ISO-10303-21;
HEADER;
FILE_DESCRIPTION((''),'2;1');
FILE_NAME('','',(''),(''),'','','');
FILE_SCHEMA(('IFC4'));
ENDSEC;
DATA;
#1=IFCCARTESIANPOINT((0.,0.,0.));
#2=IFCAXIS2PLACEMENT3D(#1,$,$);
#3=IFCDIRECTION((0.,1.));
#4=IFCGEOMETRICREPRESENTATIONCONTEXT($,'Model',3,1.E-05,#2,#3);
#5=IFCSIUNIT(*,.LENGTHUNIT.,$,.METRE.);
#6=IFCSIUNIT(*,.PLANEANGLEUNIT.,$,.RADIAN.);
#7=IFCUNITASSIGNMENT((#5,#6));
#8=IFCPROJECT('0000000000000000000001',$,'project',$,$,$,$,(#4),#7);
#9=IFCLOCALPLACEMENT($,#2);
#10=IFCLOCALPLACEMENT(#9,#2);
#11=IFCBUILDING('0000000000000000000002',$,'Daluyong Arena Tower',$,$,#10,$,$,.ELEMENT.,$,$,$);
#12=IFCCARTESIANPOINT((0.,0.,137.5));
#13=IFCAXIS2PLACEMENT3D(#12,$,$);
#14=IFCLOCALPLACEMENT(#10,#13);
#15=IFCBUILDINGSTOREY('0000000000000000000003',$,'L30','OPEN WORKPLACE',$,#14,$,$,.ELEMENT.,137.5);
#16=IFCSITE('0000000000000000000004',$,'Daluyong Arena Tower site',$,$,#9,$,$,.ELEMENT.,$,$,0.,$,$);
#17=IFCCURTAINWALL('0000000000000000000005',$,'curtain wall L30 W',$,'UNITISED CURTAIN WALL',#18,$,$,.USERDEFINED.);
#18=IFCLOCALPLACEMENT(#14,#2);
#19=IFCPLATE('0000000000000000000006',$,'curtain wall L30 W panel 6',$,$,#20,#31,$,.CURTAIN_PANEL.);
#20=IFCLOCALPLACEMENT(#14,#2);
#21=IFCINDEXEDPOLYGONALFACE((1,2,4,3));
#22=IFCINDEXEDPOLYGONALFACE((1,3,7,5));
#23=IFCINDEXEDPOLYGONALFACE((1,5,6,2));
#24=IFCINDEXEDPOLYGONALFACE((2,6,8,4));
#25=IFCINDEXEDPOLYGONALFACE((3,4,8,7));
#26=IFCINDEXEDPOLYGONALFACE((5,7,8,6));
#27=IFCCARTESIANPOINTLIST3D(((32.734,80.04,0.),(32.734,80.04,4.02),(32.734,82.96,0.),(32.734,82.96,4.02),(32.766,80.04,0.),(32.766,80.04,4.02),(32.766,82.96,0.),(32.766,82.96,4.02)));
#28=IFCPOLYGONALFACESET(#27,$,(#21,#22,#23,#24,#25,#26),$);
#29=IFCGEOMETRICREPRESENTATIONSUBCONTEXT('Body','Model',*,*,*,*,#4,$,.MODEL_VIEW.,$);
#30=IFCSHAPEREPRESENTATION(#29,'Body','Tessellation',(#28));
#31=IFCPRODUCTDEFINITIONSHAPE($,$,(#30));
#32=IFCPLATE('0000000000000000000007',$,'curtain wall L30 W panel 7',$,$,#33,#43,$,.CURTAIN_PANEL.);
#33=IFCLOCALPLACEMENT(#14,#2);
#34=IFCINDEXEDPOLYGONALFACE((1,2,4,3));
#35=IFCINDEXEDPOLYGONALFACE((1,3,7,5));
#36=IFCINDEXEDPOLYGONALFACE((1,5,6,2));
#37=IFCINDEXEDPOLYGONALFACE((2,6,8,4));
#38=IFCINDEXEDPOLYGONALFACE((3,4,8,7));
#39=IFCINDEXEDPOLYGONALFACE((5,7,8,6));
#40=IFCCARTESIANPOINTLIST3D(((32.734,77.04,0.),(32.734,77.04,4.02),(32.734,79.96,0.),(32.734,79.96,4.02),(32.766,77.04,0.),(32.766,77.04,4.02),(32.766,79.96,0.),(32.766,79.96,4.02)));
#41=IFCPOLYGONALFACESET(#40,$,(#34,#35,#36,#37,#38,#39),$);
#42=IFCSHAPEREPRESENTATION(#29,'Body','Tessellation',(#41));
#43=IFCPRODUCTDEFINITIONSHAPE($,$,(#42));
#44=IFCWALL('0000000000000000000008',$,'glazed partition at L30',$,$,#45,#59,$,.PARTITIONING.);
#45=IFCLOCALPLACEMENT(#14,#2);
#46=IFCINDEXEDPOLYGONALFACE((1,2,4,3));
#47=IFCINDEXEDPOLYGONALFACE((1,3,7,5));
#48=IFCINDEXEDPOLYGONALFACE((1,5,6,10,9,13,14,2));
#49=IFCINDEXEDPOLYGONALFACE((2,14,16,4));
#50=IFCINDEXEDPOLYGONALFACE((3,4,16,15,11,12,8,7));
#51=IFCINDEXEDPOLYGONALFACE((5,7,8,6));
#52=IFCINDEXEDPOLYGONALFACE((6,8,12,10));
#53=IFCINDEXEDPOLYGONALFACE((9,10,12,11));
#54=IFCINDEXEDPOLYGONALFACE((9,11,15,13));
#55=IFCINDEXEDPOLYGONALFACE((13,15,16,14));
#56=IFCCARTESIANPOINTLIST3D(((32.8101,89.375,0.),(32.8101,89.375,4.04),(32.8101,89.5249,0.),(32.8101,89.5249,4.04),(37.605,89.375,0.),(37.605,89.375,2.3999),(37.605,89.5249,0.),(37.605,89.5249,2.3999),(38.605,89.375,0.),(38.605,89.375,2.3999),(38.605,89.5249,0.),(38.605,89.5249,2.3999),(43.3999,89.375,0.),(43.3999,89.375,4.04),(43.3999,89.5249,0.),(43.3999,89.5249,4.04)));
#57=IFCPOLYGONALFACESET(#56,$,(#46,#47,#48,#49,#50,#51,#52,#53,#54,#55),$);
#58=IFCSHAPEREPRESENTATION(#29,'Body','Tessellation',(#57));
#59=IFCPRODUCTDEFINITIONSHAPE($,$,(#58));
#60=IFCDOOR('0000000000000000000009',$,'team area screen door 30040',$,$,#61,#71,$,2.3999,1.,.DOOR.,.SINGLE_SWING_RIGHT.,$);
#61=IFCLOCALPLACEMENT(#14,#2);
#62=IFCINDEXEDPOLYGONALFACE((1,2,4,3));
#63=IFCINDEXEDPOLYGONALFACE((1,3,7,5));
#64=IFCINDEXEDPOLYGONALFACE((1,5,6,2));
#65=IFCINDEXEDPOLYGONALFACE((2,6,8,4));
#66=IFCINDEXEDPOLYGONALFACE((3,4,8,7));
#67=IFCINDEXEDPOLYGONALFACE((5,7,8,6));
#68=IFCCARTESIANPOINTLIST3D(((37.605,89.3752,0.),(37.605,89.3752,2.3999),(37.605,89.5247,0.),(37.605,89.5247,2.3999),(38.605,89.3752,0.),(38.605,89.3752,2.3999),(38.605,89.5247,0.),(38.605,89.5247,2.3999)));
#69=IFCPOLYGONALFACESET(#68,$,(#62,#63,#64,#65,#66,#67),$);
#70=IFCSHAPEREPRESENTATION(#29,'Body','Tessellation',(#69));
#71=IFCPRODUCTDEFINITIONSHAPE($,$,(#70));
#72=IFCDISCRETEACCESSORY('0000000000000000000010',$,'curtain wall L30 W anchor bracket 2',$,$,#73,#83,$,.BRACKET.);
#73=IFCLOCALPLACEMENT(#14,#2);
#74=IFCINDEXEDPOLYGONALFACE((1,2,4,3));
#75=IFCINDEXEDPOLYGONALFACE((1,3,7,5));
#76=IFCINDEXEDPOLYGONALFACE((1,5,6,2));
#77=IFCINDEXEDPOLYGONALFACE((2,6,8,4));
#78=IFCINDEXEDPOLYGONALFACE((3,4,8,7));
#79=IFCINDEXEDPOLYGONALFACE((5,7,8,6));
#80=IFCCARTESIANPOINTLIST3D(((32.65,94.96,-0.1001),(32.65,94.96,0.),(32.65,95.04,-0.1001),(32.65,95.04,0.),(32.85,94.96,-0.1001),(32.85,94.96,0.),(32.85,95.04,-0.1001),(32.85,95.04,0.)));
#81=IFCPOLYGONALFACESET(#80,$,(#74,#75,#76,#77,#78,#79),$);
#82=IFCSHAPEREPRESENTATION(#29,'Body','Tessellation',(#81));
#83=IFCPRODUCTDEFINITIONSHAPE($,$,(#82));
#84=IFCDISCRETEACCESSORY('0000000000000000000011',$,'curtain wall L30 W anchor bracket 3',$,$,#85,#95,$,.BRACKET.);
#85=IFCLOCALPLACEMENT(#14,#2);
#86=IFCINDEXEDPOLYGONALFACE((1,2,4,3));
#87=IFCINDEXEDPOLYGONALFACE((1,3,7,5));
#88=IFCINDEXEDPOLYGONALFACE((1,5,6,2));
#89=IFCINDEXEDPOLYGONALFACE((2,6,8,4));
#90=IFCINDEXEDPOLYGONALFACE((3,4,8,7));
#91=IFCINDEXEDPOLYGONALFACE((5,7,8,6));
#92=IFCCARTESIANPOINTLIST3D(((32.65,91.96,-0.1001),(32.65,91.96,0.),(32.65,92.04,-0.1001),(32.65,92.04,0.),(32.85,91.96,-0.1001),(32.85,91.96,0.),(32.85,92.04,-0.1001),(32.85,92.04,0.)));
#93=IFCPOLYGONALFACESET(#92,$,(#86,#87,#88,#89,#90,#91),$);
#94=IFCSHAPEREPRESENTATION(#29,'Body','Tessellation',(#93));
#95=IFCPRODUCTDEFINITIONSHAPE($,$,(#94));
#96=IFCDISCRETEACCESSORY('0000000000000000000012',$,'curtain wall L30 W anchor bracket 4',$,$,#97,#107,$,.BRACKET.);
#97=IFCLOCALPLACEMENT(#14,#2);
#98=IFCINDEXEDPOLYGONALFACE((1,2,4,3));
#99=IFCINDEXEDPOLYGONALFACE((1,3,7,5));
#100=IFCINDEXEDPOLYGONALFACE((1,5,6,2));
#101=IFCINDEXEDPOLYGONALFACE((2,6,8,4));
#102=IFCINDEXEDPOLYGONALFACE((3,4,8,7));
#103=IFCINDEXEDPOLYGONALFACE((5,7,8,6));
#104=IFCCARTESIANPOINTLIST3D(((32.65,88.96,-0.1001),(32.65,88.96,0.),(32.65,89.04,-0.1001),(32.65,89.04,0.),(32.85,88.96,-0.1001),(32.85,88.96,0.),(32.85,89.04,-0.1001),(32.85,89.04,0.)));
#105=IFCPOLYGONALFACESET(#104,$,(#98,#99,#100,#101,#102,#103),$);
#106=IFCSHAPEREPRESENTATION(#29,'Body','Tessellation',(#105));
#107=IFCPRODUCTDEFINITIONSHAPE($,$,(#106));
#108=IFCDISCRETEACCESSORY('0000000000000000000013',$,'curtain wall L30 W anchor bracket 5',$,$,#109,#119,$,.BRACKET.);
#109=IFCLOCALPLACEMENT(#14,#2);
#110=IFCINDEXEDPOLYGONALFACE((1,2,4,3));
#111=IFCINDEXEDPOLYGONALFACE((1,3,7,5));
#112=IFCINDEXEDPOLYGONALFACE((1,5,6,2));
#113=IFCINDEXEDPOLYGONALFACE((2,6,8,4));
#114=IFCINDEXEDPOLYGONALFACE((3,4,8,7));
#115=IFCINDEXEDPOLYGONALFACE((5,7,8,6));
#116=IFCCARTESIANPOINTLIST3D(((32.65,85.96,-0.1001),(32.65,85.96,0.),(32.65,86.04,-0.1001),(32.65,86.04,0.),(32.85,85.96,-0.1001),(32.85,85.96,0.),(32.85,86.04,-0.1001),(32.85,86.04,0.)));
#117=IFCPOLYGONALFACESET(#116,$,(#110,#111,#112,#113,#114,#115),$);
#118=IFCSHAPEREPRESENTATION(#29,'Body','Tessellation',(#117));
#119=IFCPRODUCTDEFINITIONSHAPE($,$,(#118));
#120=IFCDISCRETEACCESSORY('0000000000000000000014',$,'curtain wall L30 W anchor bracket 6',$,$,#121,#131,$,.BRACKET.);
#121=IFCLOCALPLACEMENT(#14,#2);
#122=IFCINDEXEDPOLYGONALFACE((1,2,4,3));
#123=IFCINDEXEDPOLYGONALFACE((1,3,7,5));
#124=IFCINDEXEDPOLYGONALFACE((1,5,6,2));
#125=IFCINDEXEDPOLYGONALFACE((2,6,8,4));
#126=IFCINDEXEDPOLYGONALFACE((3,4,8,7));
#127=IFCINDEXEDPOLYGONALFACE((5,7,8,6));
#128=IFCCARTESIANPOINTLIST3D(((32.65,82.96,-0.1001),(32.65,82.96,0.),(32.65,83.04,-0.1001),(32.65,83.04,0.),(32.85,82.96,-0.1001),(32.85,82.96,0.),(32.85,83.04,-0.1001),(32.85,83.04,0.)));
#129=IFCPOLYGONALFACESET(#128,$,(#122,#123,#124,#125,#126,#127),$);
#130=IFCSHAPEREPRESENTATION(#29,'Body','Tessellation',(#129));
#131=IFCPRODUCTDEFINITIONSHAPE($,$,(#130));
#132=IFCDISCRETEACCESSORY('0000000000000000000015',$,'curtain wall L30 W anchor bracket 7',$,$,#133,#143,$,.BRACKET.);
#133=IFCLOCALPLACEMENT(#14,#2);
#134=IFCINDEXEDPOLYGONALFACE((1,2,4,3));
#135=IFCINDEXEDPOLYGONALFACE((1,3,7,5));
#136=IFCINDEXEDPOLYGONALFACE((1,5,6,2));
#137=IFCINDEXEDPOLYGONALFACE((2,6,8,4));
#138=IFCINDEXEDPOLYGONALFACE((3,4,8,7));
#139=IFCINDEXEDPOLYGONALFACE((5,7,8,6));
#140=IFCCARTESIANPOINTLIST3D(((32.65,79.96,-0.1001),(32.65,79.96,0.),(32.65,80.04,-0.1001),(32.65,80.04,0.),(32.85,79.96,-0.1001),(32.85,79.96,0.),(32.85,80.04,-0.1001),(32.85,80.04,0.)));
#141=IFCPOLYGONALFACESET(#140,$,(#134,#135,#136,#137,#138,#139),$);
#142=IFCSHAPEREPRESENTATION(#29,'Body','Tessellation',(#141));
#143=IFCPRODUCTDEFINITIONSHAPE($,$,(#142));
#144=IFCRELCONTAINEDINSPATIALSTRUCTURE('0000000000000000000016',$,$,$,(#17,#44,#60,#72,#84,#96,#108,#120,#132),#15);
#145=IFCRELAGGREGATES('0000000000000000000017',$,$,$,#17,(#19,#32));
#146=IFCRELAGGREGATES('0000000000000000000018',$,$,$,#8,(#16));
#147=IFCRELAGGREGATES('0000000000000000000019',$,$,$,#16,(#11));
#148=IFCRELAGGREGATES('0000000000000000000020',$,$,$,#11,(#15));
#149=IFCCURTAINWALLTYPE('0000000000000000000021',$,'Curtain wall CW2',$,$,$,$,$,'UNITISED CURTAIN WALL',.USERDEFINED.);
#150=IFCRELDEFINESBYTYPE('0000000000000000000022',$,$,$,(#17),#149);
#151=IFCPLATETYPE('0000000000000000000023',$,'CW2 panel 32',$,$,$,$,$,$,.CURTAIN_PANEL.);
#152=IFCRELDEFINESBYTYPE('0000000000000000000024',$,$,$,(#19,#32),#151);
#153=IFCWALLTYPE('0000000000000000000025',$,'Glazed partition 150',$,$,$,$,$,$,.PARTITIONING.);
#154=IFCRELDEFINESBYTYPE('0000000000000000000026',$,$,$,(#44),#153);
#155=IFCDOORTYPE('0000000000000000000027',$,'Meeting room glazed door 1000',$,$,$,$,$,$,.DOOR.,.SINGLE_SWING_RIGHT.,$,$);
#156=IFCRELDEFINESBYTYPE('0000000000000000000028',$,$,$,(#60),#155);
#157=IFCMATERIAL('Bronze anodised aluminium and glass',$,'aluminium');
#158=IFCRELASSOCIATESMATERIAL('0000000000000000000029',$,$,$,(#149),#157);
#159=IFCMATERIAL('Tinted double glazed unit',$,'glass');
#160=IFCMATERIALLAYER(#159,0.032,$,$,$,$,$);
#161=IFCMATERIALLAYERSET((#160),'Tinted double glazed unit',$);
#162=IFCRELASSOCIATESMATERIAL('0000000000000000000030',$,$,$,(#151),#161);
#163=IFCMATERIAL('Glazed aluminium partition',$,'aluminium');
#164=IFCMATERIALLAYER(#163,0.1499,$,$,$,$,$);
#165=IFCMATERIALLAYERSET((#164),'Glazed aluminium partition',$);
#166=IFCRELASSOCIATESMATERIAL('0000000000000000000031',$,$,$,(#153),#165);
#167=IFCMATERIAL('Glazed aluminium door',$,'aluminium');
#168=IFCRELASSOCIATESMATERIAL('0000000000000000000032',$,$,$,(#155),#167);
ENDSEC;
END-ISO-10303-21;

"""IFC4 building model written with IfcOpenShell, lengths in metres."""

from ifc_helpers import new_model, si_unit, direction, frame, frame_2d, origin, origin_2d, place, context, subcontext, project, spatial, rectangle, extrude, material, layer, layer_set, type_object, element, fill, aggregate, save


model = new_model("IFC4")

# Units and contexts
model_context = context("Model", 3, precision=1e-05, world=origin(), true_north=direction((0.0, 1.0)))
body_context = subcontext(model_context, "Body", "Model", "MODEL_VIEW")
ifc_project = project(units=[si_unit("LENGTHUNIT", "METRE"), si_unit("PLANEANGLEUNIT", "RADIAN")], contexts=[model_context])

# Site, building, storey
site_placement = place(None, origin())
site = spatial("IfcSite", under=ifc_project, at=site_placement, Name="Daluyong Arena Tower site", CompositionType="ELEMENT", RefElevation=0.0)
building_placement = place(site_placement, origin())
building = spatial("IfcBuilding", under=site, at=building_placement, Name="Daluyong Arena Tower", CompositionType="ELEMENT")
storey_placement = place(building_placement, frame((0.0, 0.0, 137.5)))
storey = spatial("IfcBuildingStorey", under=building, at=storey_placement, Name="L30", Description="OPEN WORKPLACE", CompositionType="ELEMENT", Elevation=137.5)

# Curtain wall
ifc_material_1 = material(Name="Bronze anodised aluminium and glass", Category="aluminium")
curtain_wall_type = type_object("IfcCurtainWallType", Name="Curtain wall CW2", ElementType="UNITISED CURTAIN WALL", PredefinedType="USERDEFINED", material=ifc_material_1)
curtain_wall_placement = place(storey_placement, origin())
curtain_wall = element("IfcCurtainWall", 1, at=curtain_wall_placement, inside=storey, type_object=curtain_wall_type, Name="curtain wall L30 W", ObjectType="UNITISED CURTAIN WALL", PredefinedType="USERDEFINED")

# Plates
ifc_material_2 = material(Name="Tinted double glazed unit", Category="glass")
ifc_layer_1 = layer(ifc_material_2, 0.032)
ifc_layer_set_1 = layer_set([ifc_layer_1], Name="Tinted double glazed unit")
plate_type = type_object("IfcPlateType", Name="CW2 panel 32", PredefinedType="CURTAIN_PANEL", material=ifc_layer_set_1)
plate_1_placement = place(storey_placement, frame((32.75, 81.5, 0.0), z_axis=(0.0, 0.0, 1.0), x_axis=(0.0, -1.0, 0.0)))
plate_1 = element("IfcPlate", 2, at=plate_1_placement, type_object=plate_type, Name="curtain wall L30 W panel 6", PredefinedType="CURTAIN_PANEL", context=body_context, shape_type="SweptSolid", body=[
    extrude(rectangle(XDim=2.9199, YDim=0.032, at=origin_2d()), origin(), (0.0, 0.0, 1.0), 4.02),
])
plate_2_placement = place(storey_placement, frame((32.75, 78.5, 0.0), z_axis=(0.0, 0.0, 1.0), x_axis=(0.0, -1.0, 0.0)))
plate_2 = element("IfcPlate", 3, at=plate_2_placement, type_object=plate_type, Name="curtain wall L30 W panel 7", PredefinedType="CURTAIN_PANEL", context=body_context, shape_type="SweptSolid", body=[
    extrude(rectangle(XDim=2.9199, YDim=0.032, at=origin_2d()), origin(), (0.0, 0.0, 1.0), 4.02),
])
aggregate(curtain_wall, [plate_1, plate_2])

# Wall, opening, door
ifc_material_3 = material(Name="Glazed aluminium partition", Category="aluminium")
ifc_layer_2 = layer(ifc_material_3, 0.1499)
ifc_layer_set_2 = layer_set([ifc_layer_2], Name="Glazed aluminium partition")
wall_type = type_object("IfcWallType", Name="Glazed partition 150", PredefinedType="PARTITIONING", material=ifc_layer_set_2)
wall_placement = place(storey_placement, frame((32.8101, 89.45, 0.0), z_axis=(0.0, 0.0, 1.0), x_axis=(1.0, 0.0, 0.0)))
wall = element("IfcWall", 4, at=wall_placement, inside=storey, type_object=wall_type, Name="glazed partition at L30", PredefinedType="PARTITIONING", context=body_context, shape_type="SweptSolid", body=[
    extrude(rectangle(XDim=10.5898, YDim=0.1499, at=frame_2d((5.2949, 0.0))), origin(), (0.0, 0.0, 1.0), 4.04),
])
opening_placement = place(wall_placement, frame((4.7949, 0.0, 0.0)))
opening = element("IfcOpeningElement", 5, at=opening_placement, cuts=wall, PredefinedType="OPENING", context=body_context, shape_type="SweptSolid", body=[
    extrude(rectangle(XDim=1.0, YDim=2.3999, at=frame_2d((0.5, 1.2))), frame((0.0, 0.085, 0.0), z_axis=(0.0, -1.0, 0.0), x_axis=(1.0, 0.0, 0.0)), (0.0, 0.0, 1.0), 0.1699),
])
ifc_material_4 = material(Name="Glazed aluminium door", Category="aluminium")
door_type = type_object("IfcDoorType", Name="Meeting room glazed door 1000", OperationType="SINGLE_SWING_RIGHT", PredefinedType="DOOR", material=ifc_material_4)
door_placement = place(opening_placement, origin())
door = element("IfcDoor", 6, at=door_placement, inside=storey, type_object=door_type, Name="team area screen door 30040", OperationType="SINGLE_SWING_RIGHT", OverallHeight=2.3999, OverallWidth=1.0, PredefinedType="DOOR", context=body_context, shape_type="SweptSolid", body=[
    extrude(rectangle(XDim=1.0, YDim=2.3999, at=frame_2d((0.5, 1.2))), frame((0.0, 0.0747, 0.0), z_axis=(0.0, -1.0, 0.0), x_axis=(1.0, 0.0, 0.0)), (0.0, 0.0, 1.0), 0.1494),
])
fill(opening, door)

# Discrete accessories
for number, where, z_axis, x_axis, name in (
    (7, (32.75, 95.0, -0.1001), (0.0, 0.0, 1.0), (0.0, -1.0, 0.0), "curtain wall L30 W anchor bracket 2"),
    (8, (32.75, 92.0, -0.1001), (0.0, 0.0, 1.0), (0.0, -1.0, 0.0), "curtain wall L30 W anchor bracket 3"),
    (9, (32.75, 89.0, -0.1001), (0.0, 0.0, 1.0), (0.0, -1.0, 0.0), "curtain wall L30 W anchor bracket 4"),
    (10, (32.75, 86.0, -0.1001), (0.0, 0.0, 1.0), (0.0, -1.0, 0.0), "curtain wall L30 W anchor bracket 5"),
    (11, (32.75, 83.0, -0.1001), (0.0, 0.0, 1.0), (0.0, -1.0, 0.0), "curtain wall L30 W anchor bracket 6"),
    (12, (32.75, 80.0, -0.1001), (0.0, 0.0, 1.0), (0.0, -1.0, 0.0), "curtain wall L30 W anchor bracket 7"),
):
    element("IfcDiscreteAccessory", number, at=place(storey_placement, frame(where, z_axis=z_axis, x_axis=x_axis)), inside=storey, Name=name, PredefinedType="BRACKET", context=body_context, shape_type="SweptSolid", body=[
        extrude(rectangle(XDim=0.0801, YDim=0.2, at=origin_2d()), origin(), (0.0, 0.0, 1.0), 0.1001),
    ])

save(model, "model.ifc")
